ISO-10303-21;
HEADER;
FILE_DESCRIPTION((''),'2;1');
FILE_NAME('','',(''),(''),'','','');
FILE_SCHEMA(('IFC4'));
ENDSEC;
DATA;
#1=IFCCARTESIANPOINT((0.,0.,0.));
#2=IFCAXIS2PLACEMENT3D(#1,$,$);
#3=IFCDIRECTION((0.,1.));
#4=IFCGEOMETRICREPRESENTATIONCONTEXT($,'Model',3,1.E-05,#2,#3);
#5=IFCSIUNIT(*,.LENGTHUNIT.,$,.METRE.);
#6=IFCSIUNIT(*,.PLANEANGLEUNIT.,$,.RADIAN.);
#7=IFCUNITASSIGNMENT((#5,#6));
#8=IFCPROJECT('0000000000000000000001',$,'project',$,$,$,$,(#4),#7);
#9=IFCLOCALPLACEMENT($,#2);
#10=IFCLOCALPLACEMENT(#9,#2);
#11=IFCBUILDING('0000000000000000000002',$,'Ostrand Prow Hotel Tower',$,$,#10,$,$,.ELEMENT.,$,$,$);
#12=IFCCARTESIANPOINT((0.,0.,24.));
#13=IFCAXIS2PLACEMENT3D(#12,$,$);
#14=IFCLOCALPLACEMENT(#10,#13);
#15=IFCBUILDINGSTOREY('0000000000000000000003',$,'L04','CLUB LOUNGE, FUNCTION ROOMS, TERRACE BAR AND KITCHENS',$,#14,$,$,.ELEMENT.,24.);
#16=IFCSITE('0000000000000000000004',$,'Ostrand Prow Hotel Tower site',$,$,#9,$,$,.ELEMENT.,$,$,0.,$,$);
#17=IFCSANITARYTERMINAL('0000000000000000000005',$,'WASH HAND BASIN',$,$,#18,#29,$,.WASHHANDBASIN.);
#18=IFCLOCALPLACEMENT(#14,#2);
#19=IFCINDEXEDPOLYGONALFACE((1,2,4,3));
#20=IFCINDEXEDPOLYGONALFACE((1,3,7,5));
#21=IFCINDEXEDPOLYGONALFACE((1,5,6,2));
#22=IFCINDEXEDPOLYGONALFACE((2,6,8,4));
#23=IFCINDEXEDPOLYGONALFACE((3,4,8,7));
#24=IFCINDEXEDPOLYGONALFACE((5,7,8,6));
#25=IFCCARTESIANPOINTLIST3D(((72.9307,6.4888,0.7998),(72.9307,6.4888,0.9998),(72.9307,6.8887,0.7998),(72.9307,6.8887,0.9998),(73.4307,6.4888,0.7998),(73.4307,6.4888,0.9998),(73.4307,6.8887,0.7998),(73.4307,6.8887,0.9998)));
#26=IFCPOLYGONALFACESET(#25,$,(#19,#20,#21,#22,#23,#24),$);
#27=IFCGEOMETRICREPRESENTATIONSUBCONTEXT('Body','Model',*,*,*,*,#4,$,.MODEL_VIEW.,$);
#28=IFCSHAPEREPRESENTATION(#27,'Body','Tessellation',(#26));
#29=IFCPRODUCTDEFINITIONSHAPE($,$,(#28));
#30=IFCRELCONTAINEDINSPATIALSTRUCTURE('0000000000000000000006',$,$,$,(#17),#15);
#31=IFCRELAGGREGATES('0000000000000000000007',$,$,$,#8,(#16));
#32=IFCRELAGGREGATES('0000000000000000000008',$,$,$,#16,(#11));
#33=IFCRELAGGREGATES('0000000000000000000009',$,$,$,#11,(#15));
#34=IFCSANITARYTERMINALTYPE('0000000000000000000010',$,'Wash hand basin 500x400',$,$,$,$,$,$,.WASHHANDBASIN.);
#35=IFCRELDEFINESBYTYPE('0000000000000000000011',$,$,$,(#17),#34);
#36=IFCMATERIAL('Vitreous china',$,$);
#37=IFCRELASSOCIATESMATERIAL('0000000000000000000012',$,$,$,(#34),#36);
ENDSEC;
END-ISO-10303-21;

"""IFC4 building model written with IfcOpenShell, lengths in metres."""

from ifc_helpers import new_model, si_unit, direction, frame, origin, origin_2d, place, context, subcontext, project, spatial, rectangle, extrude, material, type_object, element, save


model = new_model("IFC4")

# Units and contexts
model_context = context("Model", 3, precision=1e-05, world=origin(), true_north=direction((0.0, 1.0)))
body_context = subcontext(model_context, "Body", "Model", "MODEL_VIEW")
ifc_project = project(units=[si_unit("LENGTHUNIT", "METRE"), si_unit("PLANEANGLEUNIT", "RADIAN")], contexts=[model_context])

# Site, building, storey
site_placement = place(None, origin())
site = spatial("IfcSite", under=ifc_project, at=site_placement, Name="Ostrand Prow Hotel Tower site", CompositionType="ELEMENT", RefElevation=0.0)
building_placement = place(site_placement, origin())
building = spatial("IfcBuilding", under=site, at=building_placement, Name="Ostrand Prow Hotel Tower", CompositionType="ELEMENT")
storey_placement = place(building_placement, frame((0.0, 0.0, 24.0)))
storey = spatial("IfcBuildingStorey", under=building, at=storey_placement, Name="L04", Description="CLUB LOUNGE, FUNCTION ROOMS, TERRACE BAR AND KITCHENS", CompositionType="ELEMENT", Elevation=24.0)

# Sanitary terminal
ifc_material_1 = material(Name="Vitreous china")
sanitary_terminal_type_1 = type_object("IfcSanitaryTerminalType", Name="Wash hand basin 500x400", PredefinedType="WASHHANDBASIN", material=ifc_material_1)
for number, where, z_axis, x_axis, name in (
    (1, (73.1807, 6.6887, 0.7998), (0.0, 0.0, 1.0), (1.0, 0.0, 0.0), "WASH HAND BASIN"),
):
    element("IfcSanitaryTerminal", number, at=place(storey_placement, frame(where, z_axis=z_axis, x_axis=x_axis)), inside=storey, type_object=sanitary_terminal_type_1, Name=name, PredefinedType="WASHHANDBASIN", context=body_context, shape_type="SweptSolid", body=[
        extrude(rectangle(XDim=0.5, YDim=0.3999, at=origin_2d()), origin(), (0.0, 0.0, 1.0), 0.2),
    ])

save(model, "model.ifc")
